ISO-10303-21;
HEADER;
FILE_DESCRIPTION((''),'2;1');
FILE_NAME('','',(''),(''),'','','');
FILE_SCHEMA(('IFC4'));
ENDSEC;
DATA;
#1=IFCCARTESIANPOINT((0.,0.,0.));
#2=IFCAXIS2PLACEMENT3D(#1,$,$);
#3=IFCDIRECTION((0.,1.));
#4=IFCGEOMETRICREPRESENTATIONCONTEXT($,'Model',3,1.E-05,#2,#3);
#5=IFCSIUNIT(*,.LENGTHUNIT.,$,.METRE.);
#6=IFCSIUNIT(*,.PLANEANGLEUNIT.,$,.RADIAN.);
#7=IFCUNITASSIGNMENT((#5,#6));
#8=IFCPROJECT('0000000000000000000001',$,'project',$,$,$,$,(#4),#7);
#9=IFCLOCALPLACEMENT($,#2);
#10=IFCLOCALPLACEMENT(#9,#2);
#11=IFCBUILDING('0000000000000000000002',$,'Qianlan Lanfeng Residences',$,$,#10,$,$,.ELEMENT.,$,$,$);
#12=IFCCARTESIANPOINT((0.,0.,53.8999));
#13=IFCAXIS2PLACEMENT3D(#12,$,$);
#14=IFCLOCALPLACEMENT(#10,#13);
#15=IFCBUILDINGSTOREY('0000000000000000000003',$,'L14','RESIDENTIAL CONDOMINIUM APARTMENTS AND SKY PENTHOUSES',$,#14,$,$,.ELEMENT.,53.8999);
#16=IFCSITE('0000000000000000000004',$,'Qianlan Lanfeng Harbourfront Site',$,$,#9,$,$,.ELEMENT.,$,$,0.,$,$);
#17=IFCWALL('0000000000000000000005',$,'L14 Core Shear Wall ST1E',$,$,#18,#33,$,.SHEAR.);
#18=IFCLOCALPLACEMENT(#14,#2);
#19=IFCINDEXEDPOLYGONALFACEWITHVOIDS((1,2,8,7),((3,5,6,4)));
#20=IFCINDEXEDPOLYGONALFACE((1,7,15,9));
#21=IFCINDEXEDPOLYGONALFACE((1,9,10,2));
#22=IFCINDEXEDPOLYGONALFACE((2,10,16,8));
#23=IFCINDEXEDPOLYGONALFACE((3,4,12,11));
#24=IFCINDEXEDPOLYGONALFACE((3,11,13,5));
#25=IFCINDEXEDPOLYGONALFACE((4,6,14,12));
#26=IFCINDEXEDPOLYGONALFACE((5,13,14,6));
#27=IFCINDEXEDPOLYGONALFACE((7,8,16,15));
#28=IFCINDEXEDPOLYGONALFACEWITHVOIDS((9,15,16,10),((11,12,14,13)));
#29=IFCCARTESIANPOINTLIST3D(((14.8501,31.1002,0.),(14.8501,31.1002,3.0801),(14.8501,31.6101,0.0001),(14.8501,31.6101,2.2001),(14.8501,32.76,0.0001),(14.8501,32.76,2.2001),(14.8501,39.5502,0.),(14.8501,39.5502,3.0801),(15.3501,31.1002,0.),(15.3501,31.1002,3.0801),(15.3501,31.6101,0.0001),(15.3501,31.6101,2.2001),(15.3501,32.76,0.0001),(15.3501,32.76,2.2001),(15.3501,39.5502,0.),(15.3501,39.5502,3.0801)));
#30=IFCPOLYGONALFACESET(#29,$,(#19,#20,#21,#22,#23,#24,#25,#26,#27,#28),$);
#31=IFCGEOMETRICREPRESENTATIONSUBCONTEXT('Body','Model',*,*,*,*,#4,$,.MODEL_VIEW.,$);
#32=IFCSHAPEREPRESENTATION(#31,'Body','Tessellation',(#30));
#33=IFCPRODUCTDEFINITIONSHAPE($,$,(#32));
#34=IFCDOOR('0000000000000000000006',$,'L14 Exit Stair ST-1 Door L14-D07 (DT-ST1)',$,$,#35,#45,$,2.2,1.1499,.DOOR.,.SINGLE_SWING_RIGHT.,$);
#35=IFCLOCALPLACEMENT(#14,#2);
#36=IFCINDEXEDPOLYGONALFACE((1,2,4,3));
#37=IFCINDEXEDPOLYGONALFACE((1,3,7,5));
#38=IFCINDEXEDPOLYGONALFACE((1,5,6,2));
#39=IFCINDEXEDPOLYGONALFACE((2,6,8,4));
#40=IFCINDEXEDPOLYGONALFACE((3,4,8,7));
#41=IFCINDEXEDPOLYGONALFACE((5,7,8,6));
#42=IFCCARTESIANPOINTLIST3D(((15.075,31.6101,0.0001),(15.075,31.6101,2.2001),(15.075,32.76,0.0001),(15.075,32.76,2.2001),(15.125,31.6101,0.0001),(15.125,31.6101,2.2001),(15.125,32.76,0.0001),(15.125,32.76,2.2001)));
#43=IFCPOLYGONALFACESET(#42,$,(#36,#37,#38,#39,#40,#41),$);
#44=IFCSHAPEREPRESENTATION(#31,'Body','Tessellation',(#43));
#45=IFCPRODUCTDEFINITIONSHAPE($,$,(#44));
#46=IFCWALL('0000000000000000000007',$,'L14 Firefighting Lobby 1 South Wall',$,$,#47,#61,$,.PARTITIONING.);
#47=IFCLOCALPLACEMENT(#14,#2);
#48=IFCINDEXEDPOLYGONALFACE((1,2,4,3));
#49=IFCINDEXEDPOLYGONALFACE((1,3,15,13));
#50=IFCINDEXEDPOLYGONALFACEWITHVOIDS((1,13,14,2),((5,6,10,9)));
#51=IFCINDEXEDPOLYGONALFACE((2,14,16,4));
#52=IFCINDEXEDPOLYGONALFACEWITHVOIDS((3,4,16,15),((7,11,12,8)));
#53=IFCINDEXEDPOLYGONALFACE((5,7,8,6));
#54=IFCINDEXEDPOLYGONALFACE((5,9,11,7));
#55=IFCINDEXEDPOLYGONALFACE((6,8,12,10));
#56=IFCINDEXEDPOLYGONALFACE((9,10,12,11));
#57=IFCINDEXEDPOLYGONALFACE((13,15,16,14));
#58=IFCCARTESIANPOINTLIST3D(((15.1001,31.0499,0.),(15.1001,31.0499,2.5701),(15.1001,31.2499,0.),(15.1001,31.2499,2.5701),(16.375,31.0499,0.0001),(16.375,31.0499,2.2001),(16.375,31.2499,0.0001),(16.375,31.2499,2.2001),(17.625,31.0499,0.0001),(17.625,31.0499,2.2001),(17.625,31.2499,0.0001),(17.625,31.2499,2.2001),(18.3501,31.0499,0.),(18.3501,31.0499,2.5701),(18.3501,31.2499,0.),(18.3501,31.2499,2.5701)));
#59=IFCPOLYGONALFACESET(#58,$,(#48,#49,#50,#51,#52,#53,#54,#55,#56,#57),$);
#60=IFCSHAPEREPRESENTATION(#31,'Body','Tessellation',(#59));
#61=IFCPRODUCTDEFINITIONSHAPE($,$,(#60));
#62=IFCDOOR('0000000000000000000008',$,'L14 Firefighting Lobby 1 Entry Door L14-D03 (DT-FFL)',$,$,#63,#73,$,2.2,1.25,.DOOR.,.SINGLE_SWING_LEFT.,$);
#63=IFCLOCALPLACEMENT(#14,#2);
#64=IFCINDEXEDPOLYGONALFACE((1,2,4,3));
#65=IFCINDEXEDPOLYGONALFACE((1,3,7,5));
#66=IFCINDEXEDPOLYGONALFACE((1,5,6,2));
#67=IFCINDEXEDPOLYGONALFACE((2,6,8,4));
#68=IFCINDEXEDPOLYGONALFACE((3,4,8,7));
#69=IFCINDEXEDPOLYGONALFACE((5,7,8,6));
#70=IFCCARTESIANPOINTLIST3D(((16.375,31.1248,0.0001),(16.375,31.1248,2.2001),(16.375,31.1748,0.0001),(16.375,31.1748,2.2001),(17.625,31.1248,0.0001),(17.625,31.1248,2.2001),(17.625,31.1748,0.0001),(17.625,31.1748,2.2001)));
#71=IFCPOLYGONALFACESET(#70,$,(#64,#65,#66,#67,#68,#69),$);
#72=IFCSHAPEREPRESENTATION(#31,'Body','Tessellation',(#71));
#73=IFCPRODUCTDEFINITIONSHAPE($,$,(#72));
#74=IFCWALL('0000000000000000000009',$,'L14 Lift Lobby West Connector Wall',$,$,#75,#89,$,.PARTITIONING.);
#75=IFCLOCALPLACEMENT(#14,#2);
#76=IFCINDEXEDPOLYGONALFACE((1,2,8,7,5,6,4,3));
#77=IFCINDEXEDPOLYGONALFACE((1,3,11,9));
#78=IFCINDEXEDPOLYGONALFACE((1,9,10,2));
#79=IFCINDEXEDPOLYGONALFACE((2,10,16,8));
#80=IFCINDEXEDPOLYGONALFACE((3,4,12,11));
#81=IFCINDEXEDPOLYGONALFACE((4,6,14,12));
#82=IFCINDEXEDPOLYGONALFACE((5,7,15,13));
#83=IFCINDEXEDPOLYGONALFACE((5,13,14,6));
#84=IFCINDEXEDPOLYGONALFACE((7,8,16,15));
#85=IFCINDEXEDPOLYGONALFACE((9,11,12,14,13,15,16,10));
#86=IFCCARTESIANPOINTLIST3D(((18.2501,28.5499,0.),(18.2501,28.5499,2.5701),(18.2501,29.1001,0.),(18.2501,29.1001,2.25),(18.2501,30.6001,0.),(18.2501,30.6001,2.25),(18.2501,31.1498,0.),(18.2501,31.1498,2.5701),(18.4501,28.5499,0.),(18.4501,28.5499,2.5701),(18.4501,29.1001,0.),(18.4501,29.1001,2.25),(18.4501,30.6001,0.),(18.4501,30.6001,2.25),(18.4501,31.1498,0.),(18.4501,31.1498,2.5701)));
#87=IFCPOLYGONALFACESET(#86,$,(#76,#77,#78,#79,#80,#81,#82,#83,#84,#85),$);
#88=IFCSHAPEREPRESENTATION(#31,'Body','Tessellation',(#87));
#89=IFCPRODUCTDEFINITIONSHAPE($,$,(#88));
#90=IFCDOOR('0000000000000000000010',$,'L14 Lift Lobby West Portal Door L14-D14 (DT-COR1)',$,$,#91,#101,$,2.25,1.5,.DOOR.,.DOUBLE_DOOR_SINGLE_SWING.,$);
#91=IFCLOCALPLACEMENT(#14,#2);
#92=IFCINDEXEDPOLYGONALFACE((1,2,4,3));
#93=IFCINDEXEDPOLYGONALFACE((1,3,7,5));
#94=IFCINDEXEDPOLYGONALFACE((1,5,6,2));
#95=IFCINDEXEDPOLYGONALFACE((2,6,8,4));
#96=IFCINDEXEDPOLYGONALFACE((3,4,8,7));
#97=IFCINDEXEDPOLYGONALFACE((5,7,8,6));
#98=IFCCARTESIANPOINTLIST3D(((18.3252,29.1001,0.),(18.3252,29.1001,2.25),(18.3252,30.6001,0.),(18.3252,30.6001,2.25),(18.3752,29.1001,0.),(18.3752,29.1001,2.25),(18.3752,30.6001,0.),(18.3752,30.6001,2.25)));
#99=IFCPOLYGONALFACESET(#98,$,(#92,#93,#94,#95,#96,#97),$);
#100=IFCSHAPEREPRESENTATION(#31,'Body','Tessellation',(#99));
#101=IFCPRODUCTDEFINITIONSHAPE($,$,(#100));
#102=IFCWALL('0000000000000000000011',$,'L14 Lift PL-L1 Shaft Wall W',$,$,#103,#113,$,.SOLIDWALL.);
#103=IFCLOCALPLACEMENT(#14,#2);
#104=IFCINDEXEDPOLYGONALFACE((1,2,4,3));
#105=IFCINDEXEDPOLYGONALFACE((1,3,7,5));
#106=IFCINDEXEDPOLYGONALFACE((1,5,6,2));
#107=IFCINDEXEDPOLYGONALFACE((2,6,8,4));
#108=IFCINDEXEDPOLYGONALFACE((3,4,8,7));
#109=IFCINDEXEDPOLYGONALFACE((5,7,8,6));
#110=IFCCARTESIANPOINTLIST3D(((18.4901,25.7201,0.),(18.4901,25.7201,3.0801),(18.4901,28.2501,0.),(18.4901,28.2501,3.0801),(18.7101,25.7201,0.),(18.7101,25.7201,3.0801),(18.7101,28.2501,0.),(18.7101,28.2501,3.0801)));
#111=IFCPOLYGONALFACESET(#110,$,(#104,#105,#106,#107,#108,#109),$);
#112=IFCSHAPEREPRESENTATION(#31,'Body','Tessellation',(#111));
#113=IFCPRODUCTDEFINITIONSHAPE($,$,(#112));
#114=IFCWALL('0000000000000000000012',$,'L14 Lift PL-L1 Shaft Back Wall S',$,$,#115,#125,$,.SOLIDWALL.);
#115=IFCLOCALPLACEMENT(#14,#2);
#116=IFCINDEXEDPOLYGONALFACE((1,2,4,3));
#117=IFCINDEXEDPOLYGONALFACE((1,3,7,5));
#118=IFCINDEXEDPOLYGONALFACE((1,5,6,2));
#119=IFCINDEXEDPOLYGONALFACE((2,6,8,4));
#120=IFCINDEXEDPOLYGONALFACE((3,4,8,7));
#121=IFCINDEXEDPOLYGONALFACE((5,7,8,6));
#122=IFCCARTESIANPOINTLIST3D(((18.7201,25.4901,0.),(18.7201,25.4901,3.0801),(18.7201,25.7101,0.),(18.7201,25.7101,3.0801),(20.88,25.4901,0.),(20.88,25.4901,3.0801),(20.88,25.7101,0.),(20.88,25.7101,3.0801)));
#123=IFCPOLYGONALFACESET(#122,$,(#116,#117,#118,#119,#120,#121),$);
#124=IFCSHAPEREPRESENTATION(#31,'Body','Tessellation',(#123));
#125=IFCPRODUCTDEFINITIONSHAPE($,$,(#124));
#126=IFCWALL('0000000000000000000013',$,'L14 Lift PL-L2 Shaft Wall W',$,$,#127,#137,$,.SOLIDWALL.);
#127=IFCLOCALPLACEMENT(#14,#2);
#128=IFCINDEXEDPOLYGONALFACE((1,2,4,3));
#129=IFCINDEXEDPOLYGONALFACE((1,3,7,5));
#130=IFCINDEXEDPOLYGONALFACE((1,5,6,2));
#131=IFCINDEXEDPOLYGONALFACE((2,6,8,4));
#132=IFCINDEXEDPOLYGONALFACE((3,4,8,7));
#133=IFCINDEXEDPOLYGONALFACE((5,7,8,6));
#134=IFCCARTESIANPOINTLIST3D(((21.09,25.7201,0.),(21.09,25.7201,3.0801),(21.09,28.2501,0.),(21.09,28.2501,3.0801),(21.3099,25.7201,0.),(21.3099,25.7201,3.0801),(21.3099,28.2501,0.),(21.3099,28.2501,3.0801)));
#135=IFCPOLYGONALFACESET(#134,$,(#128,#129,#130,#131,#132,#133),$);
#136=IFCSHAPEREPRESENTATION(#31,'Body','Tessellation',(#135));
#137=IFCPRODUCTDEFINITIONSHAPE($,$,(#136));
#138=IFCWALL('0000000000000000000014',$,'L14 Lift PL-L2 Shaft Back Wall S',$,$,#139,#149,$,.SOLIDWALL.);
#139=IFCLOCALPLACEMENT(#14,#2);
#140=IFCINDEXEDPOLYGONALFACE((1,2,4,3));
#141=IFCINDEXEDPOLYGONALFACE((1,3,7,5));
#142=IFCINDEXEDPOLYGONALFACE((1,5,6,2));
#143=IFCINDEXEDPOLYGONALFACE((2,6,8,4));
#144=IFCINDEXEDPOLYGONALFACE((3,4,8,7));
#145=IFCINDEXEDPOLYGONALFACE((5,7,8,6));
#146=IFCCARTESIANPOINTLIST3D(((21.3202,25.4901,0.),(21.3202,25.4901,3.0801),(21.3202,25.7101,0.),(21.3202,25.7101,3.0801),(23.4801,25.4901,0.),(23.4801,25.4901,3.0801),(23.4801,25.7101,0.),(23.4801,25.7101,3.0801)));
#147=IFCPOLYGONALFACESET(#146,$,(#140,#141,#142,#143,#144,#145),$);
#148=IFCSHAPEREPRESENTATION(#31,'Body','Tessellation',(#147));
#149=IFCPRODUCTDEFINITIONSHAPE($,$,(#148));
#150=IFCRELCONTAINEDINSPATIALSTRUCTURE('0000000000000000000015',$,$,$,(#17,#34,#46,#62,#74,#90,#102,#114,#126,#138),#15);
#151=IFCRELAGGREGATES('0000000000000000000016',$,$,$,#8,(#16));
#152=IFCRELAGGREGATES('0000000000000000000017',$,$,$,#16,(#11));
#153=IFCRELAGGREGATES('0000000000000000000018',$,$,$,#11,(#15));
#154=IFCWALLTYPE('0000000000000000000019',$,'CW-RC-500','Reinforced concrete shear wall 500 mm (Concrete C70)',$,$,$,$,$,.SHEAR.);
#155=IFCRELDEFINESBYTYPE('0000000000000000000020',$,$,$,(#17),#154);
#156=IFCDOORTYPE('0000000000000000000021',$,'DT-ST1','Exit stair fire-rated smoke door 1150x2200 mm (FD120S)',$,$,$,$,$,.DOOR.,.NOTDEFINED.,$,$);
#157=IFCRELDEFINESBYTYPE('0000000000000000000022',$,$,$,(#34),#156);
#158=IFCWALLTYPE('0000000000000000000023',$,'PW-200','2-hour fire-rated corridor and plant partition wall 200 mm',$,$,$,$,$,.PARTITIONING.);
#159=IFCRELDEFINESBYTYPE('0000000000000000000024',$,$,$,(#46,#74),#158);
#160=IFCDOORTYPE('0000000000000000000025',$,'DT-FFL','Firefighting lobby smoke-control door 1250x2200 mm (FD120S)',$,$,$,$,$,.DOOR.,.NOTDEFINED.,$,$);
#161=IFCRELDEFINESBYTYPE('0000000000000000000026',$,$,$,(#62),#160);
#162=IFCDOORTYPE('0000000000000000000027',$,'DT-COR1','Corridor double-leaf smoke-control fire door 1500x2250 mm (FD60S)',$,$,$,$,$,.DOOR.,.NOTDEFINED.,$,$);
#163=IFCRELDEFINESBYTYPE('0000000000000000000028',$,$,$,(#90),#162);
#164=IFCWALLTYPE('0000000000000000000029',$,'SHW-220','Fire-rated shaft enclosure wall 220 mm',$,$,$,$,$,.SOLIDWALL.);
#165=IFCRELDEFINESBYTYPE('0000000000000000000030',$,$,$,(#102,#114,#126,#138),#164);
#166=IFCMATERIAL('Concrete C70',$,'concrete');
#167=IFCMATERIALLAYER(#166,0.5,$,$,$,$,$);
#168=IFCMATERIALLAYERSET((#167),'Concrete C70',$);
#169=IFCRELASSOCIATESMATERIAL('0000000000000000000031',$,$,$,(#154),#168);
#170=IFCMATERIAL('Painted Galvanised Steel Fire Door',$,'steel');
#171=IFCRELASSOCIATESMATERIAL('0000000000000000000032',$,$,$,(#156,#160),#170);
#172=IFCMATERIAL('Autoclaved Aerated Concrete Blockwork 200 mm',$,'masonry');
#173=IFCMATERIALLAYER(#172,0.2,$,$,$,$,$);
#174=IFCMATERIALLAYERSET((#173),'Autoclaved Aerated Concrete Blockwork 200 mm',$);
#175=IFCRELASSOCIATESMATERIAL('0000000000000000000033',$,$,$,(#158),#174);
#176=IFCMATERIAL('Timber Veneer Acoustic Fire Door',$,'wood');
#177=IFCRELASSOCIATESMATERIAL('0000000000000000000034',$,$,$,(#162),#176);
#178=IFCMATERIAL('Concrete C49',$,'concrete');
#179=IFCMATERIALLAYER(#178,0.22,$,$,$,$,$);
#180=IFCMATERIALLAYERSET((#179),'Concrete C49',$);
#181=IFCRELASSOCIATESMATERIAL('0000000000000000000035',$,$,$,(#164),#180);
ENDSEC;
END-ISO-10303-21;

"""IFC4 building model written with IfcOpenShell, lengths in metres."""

from ifc_helpers import new_model, si_unit, direction, frame, frame_2d, origin, place, context, subcontext, project, spatial, rectangle, extrude, material, layer, layer_set, type_object, element, fill, save


model = new_model("IFC4")

# Units and contexts
model_context = context("Model", 3, precision=1e-05, world=origin(), true_north=direction((0.0, 1.0)))
body_context = subcontext(model_context, "Body", "Model", "MODEL_VIEW")
ifc_project = project(units=[si_unit("LENGTHUNIT", "METRE"), si_unit("PLANEANGLEUNIT", "RADIAN")], contexts=[model_context])

# Site, building, storey
site_placement = place(None, origin())
site = spatial("IfcSite", under=ifc_project, at=site_placement, Name="Qianlan Lanfeng Harbourfront Site", CompositionType="ELEMENT", RefElevation=0.0)
building_placement = place(site_placement, origin())
building = spatial("IfcBuilding", under=site, at=building_placement, Name="Qianlan Lanfeng Residences", CompositionType="ELEMENT")
storey_placement = place(building_placement, frame((0.0, 0.0, 53.8999)))
storey = spatial("IfcBuildingStorey", under=building, at=storey_placement, Name="L14", Description="RESIDENTIAL CONDOMINIUM APARTMENTS AND SKY PENTHOUSES", CompositionType="ELEMENT", Elevation=53.8999)

# Wall, opening, door
ifc_material_1 = material(Name="Concrete C70", Category="concrete")
ifc_layer_1 = layer(ifc_material_1, 0.5)
ifc_layer_set_1 = layer_set([ifc_layer_1], Name="Concrete C70")
wall_type_1 = type_object("IfcWallType", Name="CW-RC-500", Description="Reinforced concrete shear wall 500 mm (Concrete C70)", PredefinedType="SHEAR", material=ifc_layer_set_1)
wall_1_placement = place(storey_placement, frame((15.1001, 31.1001, 0.0), z_axis=(0.0, 0.0, 1.0), x_axis=(0.0, 1.0, 0.0)))
wall_1 = element("IfcWall", 1, at=wall_1_placement, inside=storey, type_object=wall_type_1, Name="L14 Core Shear Wall ST1E", PredefinedType="SHEAR", context=body_context, shape_type="SweptSolid", body=[
    extrude(rectangle(XDim=8.45, YDim=0.5, at=frame_2d((4.2251, 0.0))), origin(), (0.0, 0.0, 1.0), 3.0801),
])
opening_1_placement = place(wall_1_placement, frame((0.51, 0.0, 0.0)))
opening_1 = element("IfcOpeningElement", 2, at=opening_1_placement, cuts=wall_1, PredefinedType="OPENING", context=body_context, shape_type="SweptSolid", body=[
    extrude(rectangle(XDim=1.1499, YDim=2.2, at=frame_2d((0.575, 1.1001))), frame((0.0, 0.26, 0.0), z_axis=(0.0, -1.0, 0.0), x_axis=(1.0, 0.0, 0.0)), (0.0, 0.0, 1.0), 0.52),
])
ifc_material_2 = material(Name="Painted Galvanised Steel Fire Door", Category="steel")
door_type_1 = type_object("IfcDoorType", Name="DT-ST1", Description="Exit stair fire-rated smoke door 1150x2200 mm (FD120S)", OperationType="NOTDEFINED", PredefinedType="DOOR", material=ifc_material_2)
door_1_placement = place(opening_1_placement, frame((1.1499, 0.0, 0.0), z_axis=(0.0, 0.0, 1.0), x_axis=(-1.0, 0.0, 0.0)))
door_1 = element("IfcDoor", 3, at=door_1_placement, inside=storey, type_object=door_type_1, Name="L14 Exit Stair ST-1 Door L14-D07 (DT-ST1)", OperationType="SINGLE_SWING_RIGHT", OverallHeight=2.2, OverallWidth=1.1499, PredefinedType="DOOR", context=body_context, shape_type="SweptSolid", body=[
    extrude(rectangle(XDim=1.1499, YDim=2.2, at=frame_2d((0.575, 1.1001))), frame((0.0, 0.0249, 0.0), z_axis=(0.0, -1.0, 0.0), x_axis=(1.0, 0.0, 0.0)), (0.0, 0.0, 1.0), 0.05),
])
fill(opening_1, door_1)

# Walls, openings, doors
ifc_material_3 = material(Name="Autoclaved Aerated Concrete Blockwork 200 mm", Category="masonry")
ifc_layer_2 = layer(ifc_material_3, 0.2)
ifc_layer_set_2 = layer_set([ifc_layer_2], Name="Autoclaved Aerated Concrete Blockwork 200 mm")
wall_type_2 = type_object("IfcWallType", Name="PW-200", Description="2-hour fire-rated corridor and plant partition wall 200 mm", PredefinedType="PARTITIONING", material=ifc_layer_set_2)
wall_2_placement = place(storey_placement, frame((15.1001, 31.1499, 0.0), z_axis=(0.0, 0.0, 1.0), x_axis=(1.0, 0.0, 0.0)))
wall_2 = element("IfcWall", 4, at=wall_2_placement, inside=storey, type_object=wall_type_2, Name="L14 Firefighting Lobby 1 South Wall", PredefinedType="PARTITIONING", context=body_context, shape_type="SweptSolid", body=[
    extrude(rectangle(XDim=3.25, YDim=0.2, at=frame_2d((1.625, 0.0))), origin(), (0.0, 0.0, 1.0), 2.5701),
])
opening_2_placement = place(wall_2_placement, frame((1.2749, 0.0, 0.0)))
opening_2 = element("IfcOpeningElement", 5, at=opening_2_placement, cuts=wall_2, PredefinedType="OPENING", context=body_context, shape_type="SweptSolid", body=[
    extrude(rectangle(XDim=1.25, YDim=2.2, at=frame_2d((0.625, 1.1001))), frame((0.0, 0.1099, 0.0), z_axis=(0.0, -1.0, 0.0), x_axis=(1.0, 0.0, 0.0)), (0.0, 0.0, 1.0), 0.22),
])
door_type_2 = type_object("IfcDoorType", Name="DT-FFL", Description="Firefighting lobby smoke-control door 1250x2200 mm (FD120S)", OperationType="NOTDEFINED", PredefinedType="DOOR", material=ifc_material_2)
door_2_placement = place(opening_2_placement, origin())
door_2 = element("IfcDoor", 6, at=door_2_placement, inside=storey, type_object=door_type_2, Name="L14 Firefighting Lobby 1 Entry Door L14-D03 (DT-FFL)", OperationType="SINGLE_SWING_LEFT", OverallHeight=2.2, OverallWidth=1.25, PredefinedType="DOOR", context=body_context, shape_type="SweptSolid", body=[
    extrude(rectangle(XDim=1.25, YDim=2.2, at=frame_2d((0.625, 1.1001))), frame((0.0, 0.0249, 0.0), z_axis=(0.0, -1.0, 0.0), x_axis=(1.0, 0.0, 0.0)), (0.0, 0.0, 1.0), 0.05),
])
fill(opening_2, door_2)
wall_3_placement = place(storey_placement, frame((18.3501, 28.55, 0.0), z_axis=(0.0, 0.0, 1.0), x_axis=(0.0, 1.0, 0.0)))
wall_3 = element("IfcWall", 7, at=wall_3_placement, inside=storey, type_object=wall_type_2, Name="L14 Lift Lobby West Connector Wall", PredefinedType="PARTITIONING", context=body_context, shape_type="SweptSolid", body=[
    extrude(rectangle(XDim=2.5999, YDim=0.2, at=frame_2d((1.2998, 0.0))), origin(), (0.0, 0.0, 1.0), 2.5701),
])
opening_3_placement = place(wall_3_placement, frame((0.55, 0.0, 0.0)))
opening_3 = element("IfcOpeningElement", 8, at=opening_3_placement, cuts=wall_3, PredefinedType="OPENING", context=body_context, shape_type="SweptSolid", body=[
    extrude(rectangle(XDim=1.5, YDim=2.25, at=frame_2d((0.75, 1.125))), frame((0.0, 0.1099, 0.0), z_axis=(0.0, -1.0, 0.0), x_axis=(1.0, 0.0, 0.0)), (0.0, 0.0, 1.0), 0.22),
])
ifc_material_4 = material(Name="Timber Veneer Acoustic Fire Door", Category="wood")
door_type_3 = type_object("IfcDoorType", Name="DT-COR1", Description="Corridor double-leaf smoke-control fire door 1500x2250 mm (FD60S)", OperationType="NOTDEFINED", PredefinedType="DOOR", material=ifc_material_4)
door_3_placement = place(opening_3_placement, origin())
door_3 = element("IfcDoor", 9, at=door_3_placement, inside=storey, type_object=door_type_3, Name="L14 Lift Lobby West Portal Door L14-D14 (DT-COR1)", OperationType="DOUBLE_DOOR_SINGLE_SWING", OverallHeight=2.25, OverallWidth=1.5, PredefinedType="DOOR", context=body_context, shape_type="SweptSolid", body=[
    extrude(rectangle(XDim=1.5, YDim=2.25, at=frame_2d((0.75, 1.125))), frame((0.0, 0.0249, 0.0), z_axis=(0.0, -1.0, 0.0), x_axis=(1.0, 0.0, 0.0)), (0.0, 0.0, 1.0), 0.05),
])
fill(opening_3, door_3)

# Walls
ifc_material_5 = material(Name="Concrete C49", Category="concrete")
ifc_layer_3 = layer(ifc_material_5, 0.22)
ifc_layer_set_3 = layer_set([ifc_layer_3], Name="Concrete C49")
wall_type_3 = type_object("IfcWallType", Name="SHW-220", Description="Fire-rated shaft enclosure wall 220 mm", PredefinedType="SOLIDWALL", material=ifc_layer_set_3)
wall_4_placement = place(storey_placement, frame((18.6001, 25.72, 0.0), z_axis=(0.0, 0.0, 1.0), x_axis=(0.0, 1.0, 0.0)))
element("IfcWall", 10, at=wall_4_placement, inside=storey, type_object=wall_type_3, Name="L14 Lift PL-L1 Shaft Wall W", PredefinedType="SOLIDWALL", context=body_context, shape_type="SweptSolid", body=[
    extrude(rectangle(XDim=2.53, YDim=0.22, at=frame_2d((1.2651, 0.0))), origin(), (0.0, 0.0, 1.0), 3.0801),
])
wall_5_placement = place(storey_placement, frame((18.72, 25.6001, 0.0), z_axis=(0.0, 0.0, 1.0), x_axis=(1.0, 0.0, 0.0)))
element("IfcWall", 11, at=wall_5_placement, inside=storey, type_object=wall_type_3, Name="L14 Lift PL-L1 Shaft Back Wall S", PredefinedType="SOLIDWALL", context=body_context, shape_type="SweptSolid", body=[
    extrude(rectangle(XDim=2.1599, YDim=0.22, at=frame_2d((1.0801, 0.0))), origin(), (0.0, 0.0, 1.0), 3.0801),
])
wall_6_placement = place(storey_placement, frame((21.2, 25.72, 0.0), z_axis=(0.0, 0.0, 1.0), x_axis=(0.0, 1.0, 0.0)))
element("IfcWall", 12, at=wall_6_placement, inside=storey, type_object=wall_type_3, Name="L14 Lift PL-L2 Shaft Wall W", PredefinedType="SOLIDWALL", context=body_context, shape_type="SweptSolid", body=[
    extrude(rectangle(XDim=2.53, YDim=0.22, at=frame_2d((1.2651, 0.0))), origin(), (0.0, 0.0, 1.0), 3.0801),
])
wall_7_placement = place(storey_placement, frame((21.3201, 25.6001, 0.0), z_axis=(0.0, 0.0, 1.0), x_axis=(1.0, 0.0, 0.0)))
element("IfcWall", 13, at=wall_7_placement, inside=storey, type_object=wall_type_3, Name="L14 Lift PL-L2 Shaft Back Wall S", PredefinedType="SOLIDWALL", context=body_context, shape_type="SweptSolid", body=[
    extrude(rectangle(XDim=2.1599, YDim=0.22, at=frame_2d((1.0801, 0.0))), origin(), (0.0, 0.0, 1.0), 3.0801),
])

save(model, "model.ifc")
